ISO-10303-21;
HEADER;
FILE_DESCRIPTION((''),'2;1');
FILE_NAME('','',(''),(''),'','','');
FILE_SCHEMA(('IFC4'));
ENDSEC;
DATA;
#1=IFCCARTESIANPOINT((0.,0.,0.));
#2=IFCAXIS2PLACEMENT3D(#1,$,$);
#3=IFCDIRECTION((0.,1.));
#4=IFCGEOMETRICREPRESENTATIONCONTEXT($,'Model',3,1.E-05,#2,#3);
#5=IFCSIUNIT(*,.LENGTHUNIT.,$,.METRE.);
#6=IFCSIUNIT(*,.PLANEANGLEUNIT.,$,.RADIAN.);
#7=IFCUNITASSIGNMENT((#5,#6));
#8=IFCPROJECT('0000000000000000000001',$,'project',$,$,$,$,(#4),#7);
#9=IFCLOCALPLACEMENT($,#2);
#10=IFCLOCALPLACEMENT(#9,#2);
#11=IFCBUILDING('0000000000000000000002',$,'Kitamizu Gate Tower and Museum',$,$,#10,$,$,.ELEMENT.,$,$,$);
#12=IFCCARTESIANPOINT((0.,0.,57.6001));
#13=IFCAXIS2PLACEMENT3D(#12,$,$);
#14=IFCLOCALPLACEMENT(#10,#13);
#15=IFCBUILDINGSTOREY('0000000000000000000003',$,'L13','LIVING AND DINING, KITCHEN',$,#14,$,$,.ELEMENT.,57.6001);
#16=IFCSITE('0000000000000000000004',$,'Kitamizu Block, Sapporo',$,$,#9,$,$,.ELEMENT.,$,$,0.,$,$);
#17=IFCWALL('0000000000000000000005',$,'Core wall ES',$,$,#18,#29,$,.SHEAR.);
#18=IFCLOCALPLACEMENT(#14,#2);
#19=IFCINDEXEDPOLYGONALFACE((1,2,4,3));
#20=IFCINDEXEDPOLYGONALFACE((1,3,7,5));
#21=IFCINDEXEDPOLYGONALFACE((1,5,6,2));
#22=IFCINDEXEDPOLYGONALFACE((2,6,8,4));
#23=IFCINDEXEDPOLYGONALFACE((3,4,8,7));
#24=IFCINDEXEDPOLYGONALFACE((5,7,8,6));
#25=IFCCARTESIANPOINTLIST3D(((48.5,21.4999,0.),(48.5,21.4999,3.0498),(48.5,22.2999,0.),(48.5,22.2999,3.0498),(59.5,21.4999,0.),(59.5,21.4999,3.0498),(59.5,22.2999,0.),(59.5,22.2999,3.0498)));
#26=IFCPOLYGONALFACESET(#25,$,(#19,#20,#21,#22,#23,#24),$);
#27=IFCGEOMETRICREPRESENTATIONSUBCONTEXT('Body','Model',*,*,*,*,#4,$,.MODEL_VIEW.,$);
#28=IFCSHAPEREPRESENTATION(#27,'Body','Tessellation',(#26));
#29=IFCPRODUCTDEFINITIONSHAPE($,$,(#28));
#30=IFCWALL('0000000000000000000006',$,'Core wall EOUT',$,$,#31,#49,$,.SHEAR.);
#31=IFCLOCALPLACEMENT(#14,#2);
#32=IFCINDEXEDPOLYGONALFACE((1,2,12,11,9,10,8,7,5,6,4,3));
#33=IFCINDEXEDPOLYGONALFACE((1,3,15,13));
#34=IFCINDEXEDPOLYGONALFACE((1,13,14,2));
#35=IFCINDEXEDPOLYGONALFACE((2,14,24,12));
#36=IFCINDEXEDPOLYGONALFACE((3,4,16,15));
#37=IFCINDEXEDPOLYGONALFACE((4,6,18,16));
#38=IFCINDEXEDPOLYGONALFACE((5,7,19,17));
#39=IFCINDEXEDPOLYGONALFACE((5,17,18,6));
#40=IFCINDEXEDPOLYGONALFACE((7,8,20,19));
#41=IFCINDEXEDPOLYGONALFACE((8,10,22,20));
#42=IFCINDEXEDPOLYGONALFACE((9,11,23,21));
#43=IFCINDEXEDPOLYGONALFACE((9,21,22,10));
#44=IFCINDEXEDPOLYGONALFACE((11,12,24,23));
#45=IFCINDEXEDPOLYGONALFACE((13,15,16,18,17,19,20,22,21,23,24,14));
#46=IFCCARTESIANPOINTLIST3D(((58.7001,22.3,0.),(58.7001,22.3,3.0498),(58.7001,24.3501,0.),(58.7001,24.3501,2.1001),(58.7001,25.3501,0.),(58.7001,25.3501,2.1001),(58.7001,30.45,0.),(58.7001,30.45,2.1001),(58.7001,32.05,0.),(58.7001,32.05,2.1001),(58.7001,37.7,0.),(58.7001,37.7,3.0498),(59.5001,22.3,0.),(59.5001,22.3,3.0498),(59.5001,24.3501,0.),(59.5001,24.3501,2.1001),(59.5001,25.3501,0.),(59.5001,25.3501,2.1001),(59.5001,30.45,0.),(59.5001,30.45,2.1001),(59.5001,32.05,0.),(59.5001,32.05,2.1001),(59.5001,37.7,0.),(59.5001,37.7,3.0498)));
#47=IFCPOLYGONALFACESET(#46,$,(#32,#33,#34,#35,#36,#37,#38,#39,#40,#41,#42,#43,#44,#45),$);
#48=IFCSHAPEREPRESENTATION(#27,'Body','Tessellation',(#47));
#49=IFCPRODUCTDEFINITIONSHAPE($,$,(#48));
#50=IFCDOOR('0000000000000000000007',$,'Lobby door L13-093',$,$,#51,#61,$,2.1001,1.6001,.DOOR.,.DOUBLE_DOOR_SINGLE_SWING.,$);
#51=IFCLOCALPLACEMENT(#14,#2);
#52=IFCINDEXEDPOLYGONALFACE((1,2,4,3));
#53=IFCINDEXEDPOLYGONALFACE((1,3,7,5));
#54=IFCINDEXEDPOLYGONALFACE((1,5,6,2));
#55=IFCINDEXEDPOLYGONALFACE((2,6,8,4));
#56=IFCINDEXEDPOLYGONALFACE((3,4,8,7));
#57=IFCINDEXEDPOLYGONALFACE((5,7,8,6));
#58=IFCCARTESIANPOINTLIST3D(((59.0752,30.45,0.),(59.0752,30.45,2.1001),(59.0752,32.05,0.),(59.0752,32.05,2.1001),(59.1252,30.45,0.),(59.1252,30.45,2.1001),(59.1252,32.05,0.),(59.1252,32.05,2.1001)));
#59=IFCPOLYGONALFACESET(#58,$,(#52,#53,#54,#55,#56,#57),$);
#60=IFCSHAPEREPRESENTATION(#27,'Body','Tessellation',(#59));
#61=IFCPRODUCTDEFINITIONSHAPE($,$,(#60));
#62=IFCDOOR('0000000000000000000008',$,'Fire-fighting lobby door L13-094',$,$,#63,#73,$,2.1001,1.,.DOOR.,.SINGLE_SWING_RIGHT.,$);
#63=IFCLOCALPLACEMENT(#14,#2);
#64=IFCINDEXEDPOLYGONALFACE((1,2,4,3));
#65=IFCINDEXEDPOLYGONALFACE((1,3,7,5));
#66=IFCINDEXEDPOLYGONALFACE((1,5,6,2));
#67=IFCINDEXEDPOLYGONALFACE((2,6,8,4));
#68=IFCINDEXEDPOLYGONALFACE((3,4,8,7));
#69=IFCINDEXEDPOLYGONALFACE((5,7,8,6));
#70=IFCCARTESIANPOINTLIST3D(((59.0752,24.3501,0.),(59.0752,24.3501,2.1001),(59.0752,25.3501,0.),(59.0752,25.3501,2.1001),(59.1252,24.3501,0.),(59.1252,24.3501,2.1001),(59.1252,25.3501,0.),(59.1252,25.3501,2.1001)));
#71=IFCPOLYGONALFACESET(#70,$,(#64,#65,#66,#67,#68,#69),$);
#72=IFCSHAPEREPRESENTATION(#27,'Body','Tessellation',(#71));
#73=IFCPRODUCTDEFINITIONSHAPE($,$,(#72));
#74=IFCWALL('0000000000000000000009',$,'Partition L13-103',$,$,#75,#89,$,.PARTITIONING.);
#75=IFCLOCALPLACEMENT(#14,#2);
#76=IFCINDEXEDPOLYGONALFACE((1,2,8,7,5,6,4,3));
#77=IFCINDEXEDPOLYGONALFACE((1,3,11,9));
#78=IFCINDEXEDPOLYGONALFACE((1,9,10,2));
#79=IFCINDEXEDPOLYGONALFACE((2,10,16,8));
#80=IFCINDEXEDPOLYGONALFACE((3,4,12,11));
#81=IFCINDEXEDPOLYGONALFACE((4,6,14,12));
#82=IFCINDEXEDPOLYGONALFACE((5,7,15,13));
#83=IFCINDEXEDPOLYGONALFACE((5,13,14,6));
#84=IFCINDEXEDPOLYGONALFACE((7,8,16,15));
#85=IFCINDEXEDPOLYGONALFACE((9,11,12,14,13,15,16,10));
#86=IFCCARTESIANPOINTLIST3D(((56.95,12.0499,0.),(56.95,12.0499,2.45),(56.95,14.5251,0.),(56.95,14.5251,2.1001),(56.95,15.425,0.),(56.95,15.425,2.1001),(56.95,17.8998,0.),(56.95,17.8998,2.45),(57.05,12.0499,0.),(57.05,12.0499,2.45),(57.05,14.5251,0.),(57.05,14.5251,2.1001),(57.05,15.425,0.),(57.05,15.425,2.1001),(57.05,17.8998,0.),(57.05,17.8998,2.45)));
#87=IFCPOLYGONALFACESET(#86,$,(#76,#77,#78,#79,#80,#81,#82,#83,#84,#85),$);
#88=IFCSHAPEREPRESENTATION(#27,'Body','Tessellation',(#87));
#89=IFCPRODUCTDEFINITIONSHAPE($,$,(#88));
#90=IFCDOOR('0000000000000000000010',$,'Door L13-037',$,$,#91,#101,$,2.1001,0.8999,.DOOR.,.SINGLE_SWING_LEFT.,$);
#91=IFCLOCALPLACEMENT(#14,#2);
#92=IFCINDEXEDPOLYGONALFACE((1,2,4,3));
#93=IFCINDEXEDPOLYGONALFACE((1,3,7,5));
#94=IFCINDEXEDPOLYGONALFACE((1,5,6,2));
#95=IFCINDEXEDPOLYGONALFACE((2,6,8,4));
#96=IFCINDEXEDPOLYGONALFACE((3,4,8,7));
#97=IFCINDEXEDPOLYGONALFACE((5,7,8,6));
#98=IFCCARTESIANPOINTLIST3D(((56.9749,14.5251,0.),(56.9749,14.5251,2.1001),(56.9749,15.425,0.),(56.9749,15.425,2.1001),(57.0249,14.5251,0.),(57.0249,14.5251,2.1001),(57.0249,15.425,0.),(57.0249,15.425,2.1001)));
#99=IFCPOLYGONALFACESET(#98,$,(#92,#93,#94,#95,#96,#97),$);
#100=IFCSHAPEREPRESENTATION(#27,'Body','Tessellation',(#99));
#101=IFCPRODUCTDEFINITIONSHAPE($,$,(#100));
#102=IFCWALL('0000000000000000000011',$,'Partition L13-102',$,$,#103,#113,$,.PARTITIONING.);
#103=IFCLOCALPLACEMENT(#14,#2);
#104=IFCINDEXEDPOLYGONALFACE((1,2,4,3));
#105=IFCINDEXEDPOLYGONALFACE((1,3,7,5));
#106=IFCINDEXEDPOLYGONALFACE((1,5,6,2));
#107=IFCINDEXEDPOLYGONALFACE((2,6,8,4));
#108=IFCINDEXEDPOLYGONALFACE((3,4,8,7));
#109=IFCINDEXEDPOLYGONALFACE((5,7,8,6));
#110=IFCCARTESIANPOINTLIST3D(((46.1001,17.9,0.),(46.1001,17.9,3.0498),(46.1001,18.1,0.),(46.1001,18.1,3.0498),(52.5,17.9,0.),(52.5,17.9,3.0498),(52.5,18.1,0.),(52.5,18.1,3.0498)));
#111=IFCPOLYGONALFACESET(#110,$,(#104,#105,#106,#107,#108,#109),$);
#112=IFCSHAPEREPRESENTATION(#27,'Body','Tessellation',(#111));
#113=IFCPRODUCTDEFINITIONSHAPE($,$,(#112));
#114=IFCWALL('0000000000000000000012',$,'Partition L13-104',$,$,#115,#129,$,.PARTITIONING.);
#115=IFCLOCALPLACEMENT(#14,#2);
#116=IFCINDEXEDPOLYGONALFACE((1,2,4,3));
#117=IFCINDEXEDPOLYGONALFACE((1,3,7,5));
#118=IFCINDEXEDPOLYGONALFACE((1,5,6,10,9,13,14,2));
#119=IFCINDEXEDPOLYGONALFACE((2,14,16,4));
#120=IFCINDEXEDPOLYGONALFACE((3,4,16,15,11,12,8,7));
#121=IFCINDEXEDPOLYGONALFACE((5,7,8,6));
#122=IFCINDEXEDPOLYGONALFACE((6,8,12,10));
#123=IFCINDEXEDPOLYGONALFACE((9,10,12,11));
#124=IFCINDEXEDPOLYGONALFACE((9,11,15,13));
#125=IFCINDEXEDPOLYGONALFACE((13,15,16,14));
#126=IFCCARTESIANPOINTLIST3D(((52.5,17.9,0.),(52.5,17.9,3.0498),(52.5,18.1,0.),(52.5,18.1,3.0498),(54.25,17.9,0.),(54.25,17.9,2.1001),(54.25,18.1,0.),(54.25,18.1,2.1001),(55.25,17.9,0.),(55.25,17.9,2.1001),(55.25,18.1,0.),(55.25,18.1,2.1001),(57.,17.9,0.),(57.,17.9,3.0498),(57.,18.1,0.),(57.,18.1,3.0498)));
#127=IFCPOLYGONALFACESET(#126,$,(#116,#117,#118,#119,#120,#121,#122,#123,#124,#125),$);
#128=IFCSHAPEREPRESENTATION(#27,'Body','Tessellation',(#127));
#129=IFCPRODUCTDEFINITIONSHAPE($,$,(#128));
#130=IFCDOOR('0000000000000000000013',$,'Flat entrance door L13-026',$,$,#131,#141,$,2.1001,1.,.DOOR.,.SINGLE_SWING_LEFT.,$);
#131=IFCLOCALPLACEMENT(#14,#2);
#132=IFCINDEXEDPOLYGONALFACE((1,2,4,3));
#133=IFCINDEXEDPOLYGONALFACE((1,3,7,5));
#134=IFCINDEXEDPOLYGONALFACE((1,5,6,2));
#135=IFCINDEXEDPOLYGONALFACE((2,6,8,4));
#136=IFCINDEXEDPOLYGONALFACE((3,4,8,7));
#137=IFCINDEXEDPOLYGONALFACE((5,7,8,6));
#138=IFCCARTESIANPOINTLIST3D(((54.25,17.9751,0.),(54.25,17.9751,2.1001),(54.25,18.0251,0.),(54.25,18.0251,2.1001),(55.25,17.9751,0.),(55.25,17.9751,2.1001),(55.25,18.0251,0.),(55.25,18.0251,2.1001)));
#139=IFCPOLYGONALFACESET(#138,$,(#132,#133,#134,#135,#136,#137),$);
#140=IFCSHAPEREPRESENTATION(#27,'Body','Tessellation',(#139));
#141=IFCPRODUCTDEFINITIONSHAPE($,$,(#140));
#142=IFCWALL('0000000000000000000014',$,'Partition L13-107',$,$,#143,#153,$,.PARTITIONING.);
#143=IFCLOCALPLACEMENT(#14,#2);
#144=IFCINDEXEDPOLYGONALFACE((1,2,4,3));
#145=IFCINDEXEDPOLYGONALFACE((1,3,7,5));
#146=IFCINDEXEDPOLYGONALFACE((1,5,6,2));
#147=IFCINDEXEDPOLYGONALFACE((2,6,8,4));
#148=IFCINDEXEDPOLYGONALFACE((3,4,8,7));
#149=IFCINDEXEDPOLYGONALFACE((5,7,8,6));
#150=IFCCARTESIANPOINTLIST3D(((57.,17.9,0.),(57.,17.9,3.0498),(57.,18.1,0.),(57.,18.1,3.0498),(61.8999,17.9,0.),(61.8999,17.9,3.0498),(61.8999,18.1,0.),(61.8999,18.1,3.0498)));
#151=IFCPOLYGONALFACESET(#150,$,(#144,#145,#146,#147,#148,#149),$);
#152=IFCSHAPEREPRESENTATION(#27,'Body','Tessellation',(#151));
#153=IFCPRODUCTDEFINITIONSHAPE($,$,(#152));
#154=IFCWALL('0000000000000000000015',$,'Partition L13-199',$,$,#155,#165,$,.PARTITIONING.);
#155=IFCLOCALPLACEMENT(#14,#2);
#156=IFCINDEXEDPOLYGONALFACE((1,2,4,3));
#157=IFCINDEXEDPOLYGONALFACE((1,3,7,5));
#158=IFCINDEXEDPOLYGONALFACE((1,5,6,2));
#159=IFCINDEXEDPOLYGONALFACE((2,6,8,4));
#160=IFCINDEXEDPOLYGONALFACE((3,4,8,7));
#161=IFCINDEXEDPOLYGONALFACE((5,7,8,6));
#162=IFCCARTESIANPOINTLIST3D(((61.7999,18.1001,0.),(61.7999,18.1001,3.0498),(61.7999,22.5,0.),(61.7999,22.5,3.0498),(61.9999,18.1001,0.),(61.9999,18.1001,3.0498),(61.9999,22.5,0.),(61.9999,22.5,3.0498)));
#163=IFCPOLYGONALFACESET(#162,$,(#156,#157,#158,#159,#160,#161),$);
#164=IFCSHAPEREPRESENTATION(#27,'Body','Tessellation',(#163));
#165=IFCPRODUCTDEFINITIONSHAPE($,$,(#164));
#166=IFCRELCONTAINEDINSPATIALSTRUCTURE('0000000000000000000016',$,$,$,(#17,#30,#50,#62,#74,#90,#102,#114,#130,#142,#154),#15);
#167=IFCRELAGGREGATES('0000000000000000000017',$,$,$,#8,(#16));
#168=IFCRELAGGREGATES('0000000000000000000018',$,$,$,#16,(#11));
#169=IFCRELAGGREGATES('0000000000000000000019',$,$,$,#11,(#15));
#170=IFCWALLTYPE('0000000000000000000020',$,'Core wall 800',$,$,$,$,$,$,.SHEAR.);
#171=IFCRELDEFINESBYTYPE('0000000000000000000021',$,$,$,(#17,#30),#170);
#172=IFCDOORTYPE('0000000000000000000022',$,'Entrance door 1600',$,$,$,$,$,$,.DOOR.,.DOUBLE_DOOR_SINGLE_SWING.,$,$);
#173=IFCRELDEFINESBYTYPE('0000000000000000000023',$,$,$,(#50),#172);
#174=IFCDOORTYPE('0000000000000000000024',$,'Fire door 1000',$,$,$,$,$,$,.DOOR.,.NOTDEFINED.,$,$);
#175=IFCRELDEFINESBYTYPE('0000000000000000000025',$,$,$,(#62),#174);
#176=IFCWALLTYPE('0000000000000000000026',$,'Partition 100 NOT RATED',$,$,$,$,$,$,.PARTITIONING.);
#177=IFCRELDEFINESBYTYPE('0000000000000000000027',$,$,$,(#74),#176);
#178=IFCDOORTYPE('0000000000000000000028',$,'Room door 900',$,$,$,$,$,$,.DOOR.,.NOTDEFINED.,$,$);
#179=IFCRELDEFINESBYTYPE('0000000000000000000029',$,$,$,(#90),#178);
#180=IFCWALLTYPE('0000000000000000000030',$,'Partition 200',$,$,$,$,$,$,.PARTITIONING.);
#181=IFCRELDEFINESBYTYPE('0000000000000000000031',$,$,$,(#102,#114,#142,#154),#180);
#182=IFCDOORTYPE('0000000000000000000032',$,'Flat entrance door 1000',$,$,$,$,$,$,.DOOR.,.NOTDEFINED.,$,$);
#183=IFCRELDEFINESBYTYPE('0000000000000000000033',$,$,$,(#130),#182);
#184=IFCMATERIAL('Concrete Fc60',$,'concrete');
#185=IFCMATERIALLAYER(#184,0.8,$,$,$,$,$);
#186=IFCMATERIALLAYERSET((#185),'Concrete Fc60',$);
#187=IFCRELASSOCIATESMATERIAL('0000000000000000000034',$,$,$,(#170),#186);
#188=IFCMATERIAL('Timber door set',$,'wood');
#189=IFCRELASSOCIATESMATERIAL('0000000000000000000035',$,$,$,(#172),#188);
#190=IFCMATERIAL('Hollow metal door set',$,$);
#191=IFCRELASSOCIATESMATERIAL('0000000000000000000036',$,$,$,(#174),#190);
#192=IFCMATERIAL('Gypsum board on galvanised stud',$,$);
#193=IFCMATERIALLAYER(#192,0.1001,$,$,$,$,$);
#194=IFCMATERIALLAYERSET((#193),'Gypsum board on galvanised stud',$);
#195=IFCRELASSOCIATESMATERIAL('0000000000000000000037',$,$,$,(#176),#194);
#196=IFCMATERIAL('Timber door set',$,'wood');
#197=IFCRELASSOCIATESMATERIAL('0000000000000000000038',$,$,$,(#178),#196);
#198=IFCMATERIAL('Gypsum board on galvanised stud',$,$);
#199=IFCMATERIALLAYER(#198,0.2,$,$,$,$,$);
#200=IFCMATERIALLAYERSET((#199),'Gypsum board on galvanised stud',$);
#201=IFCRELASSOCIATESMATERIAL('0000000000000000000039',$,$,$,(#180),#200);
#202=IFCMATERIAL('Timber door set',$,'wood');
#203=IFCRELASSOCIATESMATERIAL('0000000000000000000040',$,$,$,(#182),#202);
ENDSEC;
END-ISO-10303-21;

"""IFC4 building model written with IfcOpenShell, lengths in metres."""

from ifc_helpers import new_model, si_unit, direction, frame, frame_2d, origin, place, context, subcontext, project, spatial, rectangle, extrude, material, layer, layer_set, type_object, element, fill, save


model = new_model("IFC4")

# Units and contexts
model_context = context("Model", 3, precision=1e-05, world=origin(), true_north=direction((0.0, 1.0)))
body_context = subcontext(model_context, "Body", "Model", "MODEL_VIEW")
ifc_project = project(units=[si_unit("LENGTHUNIT", "METRE"), si_unit("PLANEANGLEUNIT", "RADIAN")], contexts=[model_context])

# Site, building, storey
site_placement = place(None, origin())
site = spatial("IfcSite", under=ifc_project, at=site_placement, Name="Kitamizu Block, Sapporo", CompositionType="ELEMENT", RefElevation=0.0)
building_placement = place(site_placement, origin())
building = spatial("IfcBuilding", under=site, at=building_placement, Name="Kitamizu Gate Tower and Museum", CompositionType="ELEMENT")
storey_placement = place(building_placement, frame((0.0, 0.0, 57.6001)))
storey = spatial("IfcBuildingStorey", under=building, at=storey_placement, Name="L13", Description="LIVING AND DINING, KITCHEN", CompositionType="ELEMENT", Elevation=57.6001)

# Wall
ifc_material_1 = material(Name="Concrete Fc60", Category="concrete")
ifc_layer_1 = layer(ifc_material_1, 0.8)
ifc_layer_set_1 = layer_set([ifc_layer_1], Name="Concrete Fc60")
wall_type_1 = type_object("IfcWallType", Name="Core wall 800", PredefinedType="SHEAR", material=ifc_layer_set_1)
wall_1_placement = place(storey_placement, frame((59.5, 21.8999, 0.0), z_axis=(0.0, 0.0, 1.0), x_axis=(-1.0, 0.0, 0.0)))
element("IfcWall", 1, at=wall_1_placement, inside=storey, type_object=wall_type_1, Name="Core wall ES", PredefinedType="SHEAR", context=body_context, shape_type="SweptSolid", body=[
    extrude(rectangle(XDim=11.0, YDim=0.8, at=frame_2d((5.5, 0.0))), origin(), (0.0, 0.0, 1.0), 3.0498),
])

# Wall, openings, doors
wall_2_placement = place(storey_placement, frame((59.1001, 22.3, 0.0), z_axis=(0.0, 0.0, 1.0), x_axis=(0.0, 1.0, 0.0)))
wall_2 = element("IfcWall", 2, at=wall_2_placement, inside=storey, type_object=wall_type_1, Name="Core wall EOUT", PredefinedType="SHEAR", context=body_context, shape_type="SweptSolid", body=[
    extrude(rectangle(XDim=15.3999, YDim=0.8, at=frame_2d((7.7, 0.0))), origin(), (0.0, 0.0, 1.0), 3.0498),
])
opening_1_placement = place(wall_2_placement, frame((8.1499, 0.0, 0.0)))
opening_1 = element("IfcOpeningElement", 3, at=opening_1_placement, cuts=wall_2, PredefinedType="OPENING", context=body_context, shape_type="SweptSolid", body=[
    extrude(rectangle(XDim=1.6001, YDim=2.1001, at=frame_2d((0.8, 1.05))), frame((0.0, 0.4102, 0.0), z_axis=(0.0, -1.0, 0.0), x_axis=(1.0, 0.0, 0.0)), (0.0, 0.0, 1.0), 0.8201),
])
opening_2_placement = place(wall_2_placement, frame((2.05, 0.0, 0.0)))
opening_2 = element("IfcOpeningElement", 4, at=opening_2_placement, cuts=wall_2, PredefinedType="OPENING", context=body_context, shape_type="SweptSolid", body=[
    extrude(rectangle(XDim=1.0, YDim=2.1001, at=frame_2d((0.5, 1.05))), frame((0.0, 0.4102, 0.0), z_axis=(0.0, -1.0, 0.0), x_axis=(1.0, 0.0, 0.0)), (0.0, 0.0, 1.0), 0.8201),
])
ifc_material_2 = material(Name="Timber door set", Category="wood")
door_type_1 = type_object("IfcDoorType", Name="Entrance door 1600", OperationType="DOUBLE_DOOR_SINGLE_SWING", PredefinedType="DOOR", material=ifc_material_2)
door_1_placement = place(opening_1_placement, origin())
door_1 = element("IfcDoor", 5, at=door_1_placement, inside=storey, type_object=door_type_1, Name="Lobby door L13-093", OperationType="DOUBLE_DOOR_SINGLE_SWING", OverallHeight=2.1001, OverallWidth=1.6001, PredefinedType="DOOR", context=body_context, shape_type="SweptSolid", body=[
    extrude(rectangle(XDim=1.6001, YDim=2.1001, at=frame_2d((0.8, 1.05))), frame((0.0, 0.0249, 0.0), z_axis=(0.0, -1.0, 0.0), x_axis=(1.0, 0.0, 0.0)), (0.0, 0.0, 1.0), 0.05),
])
fill(opening_1, door_1)
ifc_material_3 = material(Name="Hollow metal door set")
door_type_2 = type_object("IfcDoorType", Name="Fire door 1000", OperationType="NOTDEFINED", PredefinedType="DOOR", material=ifc_material_3)
door_2_placement = place(opening_2_placement, origin())
door_2 = element("IfcDoor", 6, at=door_2_placement, inside=storey, type_object=door_type_2, Name="Fire-fighting lobby door L13-094", OperationType="SINGLE_SWING_RIGHT", OverallHeight=2.1001, OverallWidth=1.0, PredefinedType="DOOR", context=body_context, shape_type="SweptSolid", body=[
    extrude(rectangle(XDim=1.0, YDim=2.1001, at=frame_2d((0.5, 1.05))), frame((0.0, 0.0249, 0.0), z_axis=(0.0, -1.0, 0.0), x_axis=(1.0, 0.0, 0.0)), (0.0, 0.0, 1.0), 0.05),
])
fill(opening_2, door_2)

# Wall, opening, door
ifc_material_4 = material(Name="Gypsum board on galvanised stud")
ifc_layer_2 = layer(ifc_material_4, 0.1001)
ifc_layer_set_2 = layer_set([ifc_layer_2], Name="Gypsum board on galvanised stud")
wall_type_2 = type_object("IfcWallType", Name="Partition 100 NOT RATED", PredefinedType="PARTITIONING", material=ifc_layer_set_2)
wall_3_placement = place(storey_placement, frame((57.0, 12.05, 0.0), z_axis=(0.0, 0.0, 1.0), x_axis=(0.0, 1.0, 0.0)))
wall_3 = element("IfcWall", 7, at=wall_3_placement, inside=storey, type_object=wall_type_2, Name="Partition L13-103", PredefinedType="PARTITIONING", context=body_context, shape_type="SweptSolid", body=[
    extrude(rectangle(XDim=5.8499, YDim=0.1001, at=frame_2d((2.9248, 0.0))), origin(), (0.0, 0.0, 1.0), 2.45),
])
opening_3_placement = place(wall_3_placement, frame((2.4751, 0.0, 0.0)))
opening_3 = element("IfcOpeningElement", 8, at=opening_3_placement, cuts=wall_3, PredefinedType="OPENING", context=body_context, shape_type="SweptSolid", body=[
    extrude(rectangle(XDim=0.8999, YDim=2.1001, at=frame_2d((0.45, 1.05))), frame((0.0, 0.0601, 0.0), z_axis=(0.0, -1.0, 0.0), x_axis=(1.0, 0.0, 0.0)), (0.0, 0.0, 1.0), 0.1201),
])
ifc_material_5 = material(Name="Timber door set", Category="wood")
door_type_3 = type_object("IfcDoorType", Name="Room door 900", OperationType="NOTDEFINED", PredefinedType="DOOR", material=ifc_material_5)
door_3_placement = place(opening_3_placement, frame((0.8999, 0.0, 0.0), x_axis=(-1.0, 0.0, 0.0)))
door_3 = element("IfcDoor", 9, at=door_3_placement, inside=storey, type_object=door_type_3, Name="Door L13-037", OperationType="SINGLE_SWING_LEFT", OverallHeight=2.1001, OverallWidth=0.8999, PredefinedType="DOOR", context=body_context, shape_type="SweptSolid", body=[
    extrude(rectangle(XDim=0.8999, YDim=2.1001, at=frame_2d((0.45, 1.05))), frame((0.0, 0.0249, 0.0), z_axis=(0.0, -1.0, 0.0), x_axis=(1.0, 0.0, 0.0)), (0.0, 0.0, 1.0), 0.05),
])
fill(opening_3, door_3)

# Wall
ifc_material_6 = material(Name="Gypsum board on galvanised stud")
ifc_layer_3 = layer(ifc_material_6, 0.2)
ifc_layer_set_3 = layer_set([ifc_layer_3], Name="Gypsum board on galvanised stud")
wall_type_3 = type_object("IfcWallType", Name="Partition 200", PredefinedType="PARTITIONING", material=ifc_layer_set_3)
wall_4_placement = place(storey_placement, frame((52.5, 18.0, 0.0), z_axis=(0.0, 0.0, 1.0), x_axis=(-1.0, 0.0, 0.0)))
element("IfcWall", 10, at=wall_4_placement, inside=storey, type_object=wall_type_3, Name="Partition L13-102", PredefinedType="PARTITIONING", context=body_context, shape_type="SweptSolid", body=[
    extrude(rectangle(XDim=6.3999, YDim=0.2, at=frame_2d((3.2, 0.0))), origin(), (0.0, 0.0, 1.0), 3.0498),
])

# Wall, opening, door
wall_5_placement = place(storey_placement, frame((57.0, 18.0, 0.0), z_axis=(0.0, 0.0, 1.0), x_axis=(-1.0, 0.0, 0.0)))
wall_5 = element("IfcWall", 11, at=wall_5_placement, inside=storey, type_object=wall_type_3, Name="Partition L13-104", PredefinedType="PARTITIONING", context=body_context, shape_type="SweptSolid", body=[
    extrude(rectangle(XDim=4.5, YDim=0.2, at=frame_2d((2.25, 0.0))), origin(), (0.0, 0.0, 1.0), 3.0498),
])
opening_4_placement = place(wall_5_placement, frame((1.75, 0.0, 0.0)))
opening_4 = element("IfcOpeningElement", 12, at=opening_4_placement, cuts=wall_5, PredefinedType="OPENING", context=body_context, shape_type="SweptSolid", body=[
    extrude(rectangle(XDim=1.0, YDim=2.1001, at=frame_2d((0.5, 1.05))), frame((0.0, 0.1099, 0.0), z_axis=(0.0, -1.0, 0.0), x_axis=(1.0, 0.0, 0.0)), (0.0, 0.0, 1.0), 0.22),
])
ifc_material_7 = material(Name="Timber door set", Category="wood")
door_type_4 = type_object("IfcDoorType", Name="Flat entrance door 1000", OperationType="NOTDEFINED", PredefinedType="DOOR", material=ifc_material_7)
door_4_placement = place(opening_4_placement, origin())
door_4 = element("IfcDoor", 13, at=door_4_placement, inside=storey, type_object=door_type_4, Name="Flat entrance door L13-026", OperationType="SINGLE_SWING_LEFT", OverallHeight=2.1001, OverallWidth=1.0, PredefinedType="DOOR", context=body_context, shape_type="SweptSolid", body=[
    extrude(rectangle(XDim=1.0, YDim=2.1001, at=frame_2d((0.5, 1.05))), frame((0.0, 0.0249, 0.0), z_axis=(0.0, -1.0, 0.0), x_axis=(1.0, 0.0, 0.0)), (0.0, 0.0, 1.0), 0.05),
])
fill(opening_4, door_4)

# Walls
wall_6_placement = place(storey_placement, frame((61.8999, 18.0, 0.0), z_axis=(0.0, 0.0, 1.0), x_axis=(-1.0, 0.0, 0.0)))
element("IfcWall", 14, at=wall_6_placement, inside=storey, type_object=wall_type_3, Name="Partition L13-107", PredefinedType="PARTITIONING", context=body_context, shape_type="SweptSolid", body=[
    extrude(rectangle(XDim=4.8999, YDim=0.2, at=frame_2d((2.45, 0.0))), origin(), (0.0, 0.0, 1.0), 3.0498),
])
wall_7_placement = place(storey_placement, frame((61.8999, 22.5, 0.0), z_axis=(0.0, 0.0, 1.0), x_axis=(0.0, -1.0, 0.0)))
element("IfcWall", 15, at=wall_7_placement, inside=storey, type_object=wall_type_3, Name="Partition L13-199", PredefinedType="PARTITIONING", context=body_context, shape_type="SweptSolid", body=[
    extrude(rectangle(XDim=4.3999, YDim=0.2, at=frame_2d((2.2, 0.0))), origin(), (0.0, 0.0, 1.0), 3.0498),
])

save(model, "model.ifc")
